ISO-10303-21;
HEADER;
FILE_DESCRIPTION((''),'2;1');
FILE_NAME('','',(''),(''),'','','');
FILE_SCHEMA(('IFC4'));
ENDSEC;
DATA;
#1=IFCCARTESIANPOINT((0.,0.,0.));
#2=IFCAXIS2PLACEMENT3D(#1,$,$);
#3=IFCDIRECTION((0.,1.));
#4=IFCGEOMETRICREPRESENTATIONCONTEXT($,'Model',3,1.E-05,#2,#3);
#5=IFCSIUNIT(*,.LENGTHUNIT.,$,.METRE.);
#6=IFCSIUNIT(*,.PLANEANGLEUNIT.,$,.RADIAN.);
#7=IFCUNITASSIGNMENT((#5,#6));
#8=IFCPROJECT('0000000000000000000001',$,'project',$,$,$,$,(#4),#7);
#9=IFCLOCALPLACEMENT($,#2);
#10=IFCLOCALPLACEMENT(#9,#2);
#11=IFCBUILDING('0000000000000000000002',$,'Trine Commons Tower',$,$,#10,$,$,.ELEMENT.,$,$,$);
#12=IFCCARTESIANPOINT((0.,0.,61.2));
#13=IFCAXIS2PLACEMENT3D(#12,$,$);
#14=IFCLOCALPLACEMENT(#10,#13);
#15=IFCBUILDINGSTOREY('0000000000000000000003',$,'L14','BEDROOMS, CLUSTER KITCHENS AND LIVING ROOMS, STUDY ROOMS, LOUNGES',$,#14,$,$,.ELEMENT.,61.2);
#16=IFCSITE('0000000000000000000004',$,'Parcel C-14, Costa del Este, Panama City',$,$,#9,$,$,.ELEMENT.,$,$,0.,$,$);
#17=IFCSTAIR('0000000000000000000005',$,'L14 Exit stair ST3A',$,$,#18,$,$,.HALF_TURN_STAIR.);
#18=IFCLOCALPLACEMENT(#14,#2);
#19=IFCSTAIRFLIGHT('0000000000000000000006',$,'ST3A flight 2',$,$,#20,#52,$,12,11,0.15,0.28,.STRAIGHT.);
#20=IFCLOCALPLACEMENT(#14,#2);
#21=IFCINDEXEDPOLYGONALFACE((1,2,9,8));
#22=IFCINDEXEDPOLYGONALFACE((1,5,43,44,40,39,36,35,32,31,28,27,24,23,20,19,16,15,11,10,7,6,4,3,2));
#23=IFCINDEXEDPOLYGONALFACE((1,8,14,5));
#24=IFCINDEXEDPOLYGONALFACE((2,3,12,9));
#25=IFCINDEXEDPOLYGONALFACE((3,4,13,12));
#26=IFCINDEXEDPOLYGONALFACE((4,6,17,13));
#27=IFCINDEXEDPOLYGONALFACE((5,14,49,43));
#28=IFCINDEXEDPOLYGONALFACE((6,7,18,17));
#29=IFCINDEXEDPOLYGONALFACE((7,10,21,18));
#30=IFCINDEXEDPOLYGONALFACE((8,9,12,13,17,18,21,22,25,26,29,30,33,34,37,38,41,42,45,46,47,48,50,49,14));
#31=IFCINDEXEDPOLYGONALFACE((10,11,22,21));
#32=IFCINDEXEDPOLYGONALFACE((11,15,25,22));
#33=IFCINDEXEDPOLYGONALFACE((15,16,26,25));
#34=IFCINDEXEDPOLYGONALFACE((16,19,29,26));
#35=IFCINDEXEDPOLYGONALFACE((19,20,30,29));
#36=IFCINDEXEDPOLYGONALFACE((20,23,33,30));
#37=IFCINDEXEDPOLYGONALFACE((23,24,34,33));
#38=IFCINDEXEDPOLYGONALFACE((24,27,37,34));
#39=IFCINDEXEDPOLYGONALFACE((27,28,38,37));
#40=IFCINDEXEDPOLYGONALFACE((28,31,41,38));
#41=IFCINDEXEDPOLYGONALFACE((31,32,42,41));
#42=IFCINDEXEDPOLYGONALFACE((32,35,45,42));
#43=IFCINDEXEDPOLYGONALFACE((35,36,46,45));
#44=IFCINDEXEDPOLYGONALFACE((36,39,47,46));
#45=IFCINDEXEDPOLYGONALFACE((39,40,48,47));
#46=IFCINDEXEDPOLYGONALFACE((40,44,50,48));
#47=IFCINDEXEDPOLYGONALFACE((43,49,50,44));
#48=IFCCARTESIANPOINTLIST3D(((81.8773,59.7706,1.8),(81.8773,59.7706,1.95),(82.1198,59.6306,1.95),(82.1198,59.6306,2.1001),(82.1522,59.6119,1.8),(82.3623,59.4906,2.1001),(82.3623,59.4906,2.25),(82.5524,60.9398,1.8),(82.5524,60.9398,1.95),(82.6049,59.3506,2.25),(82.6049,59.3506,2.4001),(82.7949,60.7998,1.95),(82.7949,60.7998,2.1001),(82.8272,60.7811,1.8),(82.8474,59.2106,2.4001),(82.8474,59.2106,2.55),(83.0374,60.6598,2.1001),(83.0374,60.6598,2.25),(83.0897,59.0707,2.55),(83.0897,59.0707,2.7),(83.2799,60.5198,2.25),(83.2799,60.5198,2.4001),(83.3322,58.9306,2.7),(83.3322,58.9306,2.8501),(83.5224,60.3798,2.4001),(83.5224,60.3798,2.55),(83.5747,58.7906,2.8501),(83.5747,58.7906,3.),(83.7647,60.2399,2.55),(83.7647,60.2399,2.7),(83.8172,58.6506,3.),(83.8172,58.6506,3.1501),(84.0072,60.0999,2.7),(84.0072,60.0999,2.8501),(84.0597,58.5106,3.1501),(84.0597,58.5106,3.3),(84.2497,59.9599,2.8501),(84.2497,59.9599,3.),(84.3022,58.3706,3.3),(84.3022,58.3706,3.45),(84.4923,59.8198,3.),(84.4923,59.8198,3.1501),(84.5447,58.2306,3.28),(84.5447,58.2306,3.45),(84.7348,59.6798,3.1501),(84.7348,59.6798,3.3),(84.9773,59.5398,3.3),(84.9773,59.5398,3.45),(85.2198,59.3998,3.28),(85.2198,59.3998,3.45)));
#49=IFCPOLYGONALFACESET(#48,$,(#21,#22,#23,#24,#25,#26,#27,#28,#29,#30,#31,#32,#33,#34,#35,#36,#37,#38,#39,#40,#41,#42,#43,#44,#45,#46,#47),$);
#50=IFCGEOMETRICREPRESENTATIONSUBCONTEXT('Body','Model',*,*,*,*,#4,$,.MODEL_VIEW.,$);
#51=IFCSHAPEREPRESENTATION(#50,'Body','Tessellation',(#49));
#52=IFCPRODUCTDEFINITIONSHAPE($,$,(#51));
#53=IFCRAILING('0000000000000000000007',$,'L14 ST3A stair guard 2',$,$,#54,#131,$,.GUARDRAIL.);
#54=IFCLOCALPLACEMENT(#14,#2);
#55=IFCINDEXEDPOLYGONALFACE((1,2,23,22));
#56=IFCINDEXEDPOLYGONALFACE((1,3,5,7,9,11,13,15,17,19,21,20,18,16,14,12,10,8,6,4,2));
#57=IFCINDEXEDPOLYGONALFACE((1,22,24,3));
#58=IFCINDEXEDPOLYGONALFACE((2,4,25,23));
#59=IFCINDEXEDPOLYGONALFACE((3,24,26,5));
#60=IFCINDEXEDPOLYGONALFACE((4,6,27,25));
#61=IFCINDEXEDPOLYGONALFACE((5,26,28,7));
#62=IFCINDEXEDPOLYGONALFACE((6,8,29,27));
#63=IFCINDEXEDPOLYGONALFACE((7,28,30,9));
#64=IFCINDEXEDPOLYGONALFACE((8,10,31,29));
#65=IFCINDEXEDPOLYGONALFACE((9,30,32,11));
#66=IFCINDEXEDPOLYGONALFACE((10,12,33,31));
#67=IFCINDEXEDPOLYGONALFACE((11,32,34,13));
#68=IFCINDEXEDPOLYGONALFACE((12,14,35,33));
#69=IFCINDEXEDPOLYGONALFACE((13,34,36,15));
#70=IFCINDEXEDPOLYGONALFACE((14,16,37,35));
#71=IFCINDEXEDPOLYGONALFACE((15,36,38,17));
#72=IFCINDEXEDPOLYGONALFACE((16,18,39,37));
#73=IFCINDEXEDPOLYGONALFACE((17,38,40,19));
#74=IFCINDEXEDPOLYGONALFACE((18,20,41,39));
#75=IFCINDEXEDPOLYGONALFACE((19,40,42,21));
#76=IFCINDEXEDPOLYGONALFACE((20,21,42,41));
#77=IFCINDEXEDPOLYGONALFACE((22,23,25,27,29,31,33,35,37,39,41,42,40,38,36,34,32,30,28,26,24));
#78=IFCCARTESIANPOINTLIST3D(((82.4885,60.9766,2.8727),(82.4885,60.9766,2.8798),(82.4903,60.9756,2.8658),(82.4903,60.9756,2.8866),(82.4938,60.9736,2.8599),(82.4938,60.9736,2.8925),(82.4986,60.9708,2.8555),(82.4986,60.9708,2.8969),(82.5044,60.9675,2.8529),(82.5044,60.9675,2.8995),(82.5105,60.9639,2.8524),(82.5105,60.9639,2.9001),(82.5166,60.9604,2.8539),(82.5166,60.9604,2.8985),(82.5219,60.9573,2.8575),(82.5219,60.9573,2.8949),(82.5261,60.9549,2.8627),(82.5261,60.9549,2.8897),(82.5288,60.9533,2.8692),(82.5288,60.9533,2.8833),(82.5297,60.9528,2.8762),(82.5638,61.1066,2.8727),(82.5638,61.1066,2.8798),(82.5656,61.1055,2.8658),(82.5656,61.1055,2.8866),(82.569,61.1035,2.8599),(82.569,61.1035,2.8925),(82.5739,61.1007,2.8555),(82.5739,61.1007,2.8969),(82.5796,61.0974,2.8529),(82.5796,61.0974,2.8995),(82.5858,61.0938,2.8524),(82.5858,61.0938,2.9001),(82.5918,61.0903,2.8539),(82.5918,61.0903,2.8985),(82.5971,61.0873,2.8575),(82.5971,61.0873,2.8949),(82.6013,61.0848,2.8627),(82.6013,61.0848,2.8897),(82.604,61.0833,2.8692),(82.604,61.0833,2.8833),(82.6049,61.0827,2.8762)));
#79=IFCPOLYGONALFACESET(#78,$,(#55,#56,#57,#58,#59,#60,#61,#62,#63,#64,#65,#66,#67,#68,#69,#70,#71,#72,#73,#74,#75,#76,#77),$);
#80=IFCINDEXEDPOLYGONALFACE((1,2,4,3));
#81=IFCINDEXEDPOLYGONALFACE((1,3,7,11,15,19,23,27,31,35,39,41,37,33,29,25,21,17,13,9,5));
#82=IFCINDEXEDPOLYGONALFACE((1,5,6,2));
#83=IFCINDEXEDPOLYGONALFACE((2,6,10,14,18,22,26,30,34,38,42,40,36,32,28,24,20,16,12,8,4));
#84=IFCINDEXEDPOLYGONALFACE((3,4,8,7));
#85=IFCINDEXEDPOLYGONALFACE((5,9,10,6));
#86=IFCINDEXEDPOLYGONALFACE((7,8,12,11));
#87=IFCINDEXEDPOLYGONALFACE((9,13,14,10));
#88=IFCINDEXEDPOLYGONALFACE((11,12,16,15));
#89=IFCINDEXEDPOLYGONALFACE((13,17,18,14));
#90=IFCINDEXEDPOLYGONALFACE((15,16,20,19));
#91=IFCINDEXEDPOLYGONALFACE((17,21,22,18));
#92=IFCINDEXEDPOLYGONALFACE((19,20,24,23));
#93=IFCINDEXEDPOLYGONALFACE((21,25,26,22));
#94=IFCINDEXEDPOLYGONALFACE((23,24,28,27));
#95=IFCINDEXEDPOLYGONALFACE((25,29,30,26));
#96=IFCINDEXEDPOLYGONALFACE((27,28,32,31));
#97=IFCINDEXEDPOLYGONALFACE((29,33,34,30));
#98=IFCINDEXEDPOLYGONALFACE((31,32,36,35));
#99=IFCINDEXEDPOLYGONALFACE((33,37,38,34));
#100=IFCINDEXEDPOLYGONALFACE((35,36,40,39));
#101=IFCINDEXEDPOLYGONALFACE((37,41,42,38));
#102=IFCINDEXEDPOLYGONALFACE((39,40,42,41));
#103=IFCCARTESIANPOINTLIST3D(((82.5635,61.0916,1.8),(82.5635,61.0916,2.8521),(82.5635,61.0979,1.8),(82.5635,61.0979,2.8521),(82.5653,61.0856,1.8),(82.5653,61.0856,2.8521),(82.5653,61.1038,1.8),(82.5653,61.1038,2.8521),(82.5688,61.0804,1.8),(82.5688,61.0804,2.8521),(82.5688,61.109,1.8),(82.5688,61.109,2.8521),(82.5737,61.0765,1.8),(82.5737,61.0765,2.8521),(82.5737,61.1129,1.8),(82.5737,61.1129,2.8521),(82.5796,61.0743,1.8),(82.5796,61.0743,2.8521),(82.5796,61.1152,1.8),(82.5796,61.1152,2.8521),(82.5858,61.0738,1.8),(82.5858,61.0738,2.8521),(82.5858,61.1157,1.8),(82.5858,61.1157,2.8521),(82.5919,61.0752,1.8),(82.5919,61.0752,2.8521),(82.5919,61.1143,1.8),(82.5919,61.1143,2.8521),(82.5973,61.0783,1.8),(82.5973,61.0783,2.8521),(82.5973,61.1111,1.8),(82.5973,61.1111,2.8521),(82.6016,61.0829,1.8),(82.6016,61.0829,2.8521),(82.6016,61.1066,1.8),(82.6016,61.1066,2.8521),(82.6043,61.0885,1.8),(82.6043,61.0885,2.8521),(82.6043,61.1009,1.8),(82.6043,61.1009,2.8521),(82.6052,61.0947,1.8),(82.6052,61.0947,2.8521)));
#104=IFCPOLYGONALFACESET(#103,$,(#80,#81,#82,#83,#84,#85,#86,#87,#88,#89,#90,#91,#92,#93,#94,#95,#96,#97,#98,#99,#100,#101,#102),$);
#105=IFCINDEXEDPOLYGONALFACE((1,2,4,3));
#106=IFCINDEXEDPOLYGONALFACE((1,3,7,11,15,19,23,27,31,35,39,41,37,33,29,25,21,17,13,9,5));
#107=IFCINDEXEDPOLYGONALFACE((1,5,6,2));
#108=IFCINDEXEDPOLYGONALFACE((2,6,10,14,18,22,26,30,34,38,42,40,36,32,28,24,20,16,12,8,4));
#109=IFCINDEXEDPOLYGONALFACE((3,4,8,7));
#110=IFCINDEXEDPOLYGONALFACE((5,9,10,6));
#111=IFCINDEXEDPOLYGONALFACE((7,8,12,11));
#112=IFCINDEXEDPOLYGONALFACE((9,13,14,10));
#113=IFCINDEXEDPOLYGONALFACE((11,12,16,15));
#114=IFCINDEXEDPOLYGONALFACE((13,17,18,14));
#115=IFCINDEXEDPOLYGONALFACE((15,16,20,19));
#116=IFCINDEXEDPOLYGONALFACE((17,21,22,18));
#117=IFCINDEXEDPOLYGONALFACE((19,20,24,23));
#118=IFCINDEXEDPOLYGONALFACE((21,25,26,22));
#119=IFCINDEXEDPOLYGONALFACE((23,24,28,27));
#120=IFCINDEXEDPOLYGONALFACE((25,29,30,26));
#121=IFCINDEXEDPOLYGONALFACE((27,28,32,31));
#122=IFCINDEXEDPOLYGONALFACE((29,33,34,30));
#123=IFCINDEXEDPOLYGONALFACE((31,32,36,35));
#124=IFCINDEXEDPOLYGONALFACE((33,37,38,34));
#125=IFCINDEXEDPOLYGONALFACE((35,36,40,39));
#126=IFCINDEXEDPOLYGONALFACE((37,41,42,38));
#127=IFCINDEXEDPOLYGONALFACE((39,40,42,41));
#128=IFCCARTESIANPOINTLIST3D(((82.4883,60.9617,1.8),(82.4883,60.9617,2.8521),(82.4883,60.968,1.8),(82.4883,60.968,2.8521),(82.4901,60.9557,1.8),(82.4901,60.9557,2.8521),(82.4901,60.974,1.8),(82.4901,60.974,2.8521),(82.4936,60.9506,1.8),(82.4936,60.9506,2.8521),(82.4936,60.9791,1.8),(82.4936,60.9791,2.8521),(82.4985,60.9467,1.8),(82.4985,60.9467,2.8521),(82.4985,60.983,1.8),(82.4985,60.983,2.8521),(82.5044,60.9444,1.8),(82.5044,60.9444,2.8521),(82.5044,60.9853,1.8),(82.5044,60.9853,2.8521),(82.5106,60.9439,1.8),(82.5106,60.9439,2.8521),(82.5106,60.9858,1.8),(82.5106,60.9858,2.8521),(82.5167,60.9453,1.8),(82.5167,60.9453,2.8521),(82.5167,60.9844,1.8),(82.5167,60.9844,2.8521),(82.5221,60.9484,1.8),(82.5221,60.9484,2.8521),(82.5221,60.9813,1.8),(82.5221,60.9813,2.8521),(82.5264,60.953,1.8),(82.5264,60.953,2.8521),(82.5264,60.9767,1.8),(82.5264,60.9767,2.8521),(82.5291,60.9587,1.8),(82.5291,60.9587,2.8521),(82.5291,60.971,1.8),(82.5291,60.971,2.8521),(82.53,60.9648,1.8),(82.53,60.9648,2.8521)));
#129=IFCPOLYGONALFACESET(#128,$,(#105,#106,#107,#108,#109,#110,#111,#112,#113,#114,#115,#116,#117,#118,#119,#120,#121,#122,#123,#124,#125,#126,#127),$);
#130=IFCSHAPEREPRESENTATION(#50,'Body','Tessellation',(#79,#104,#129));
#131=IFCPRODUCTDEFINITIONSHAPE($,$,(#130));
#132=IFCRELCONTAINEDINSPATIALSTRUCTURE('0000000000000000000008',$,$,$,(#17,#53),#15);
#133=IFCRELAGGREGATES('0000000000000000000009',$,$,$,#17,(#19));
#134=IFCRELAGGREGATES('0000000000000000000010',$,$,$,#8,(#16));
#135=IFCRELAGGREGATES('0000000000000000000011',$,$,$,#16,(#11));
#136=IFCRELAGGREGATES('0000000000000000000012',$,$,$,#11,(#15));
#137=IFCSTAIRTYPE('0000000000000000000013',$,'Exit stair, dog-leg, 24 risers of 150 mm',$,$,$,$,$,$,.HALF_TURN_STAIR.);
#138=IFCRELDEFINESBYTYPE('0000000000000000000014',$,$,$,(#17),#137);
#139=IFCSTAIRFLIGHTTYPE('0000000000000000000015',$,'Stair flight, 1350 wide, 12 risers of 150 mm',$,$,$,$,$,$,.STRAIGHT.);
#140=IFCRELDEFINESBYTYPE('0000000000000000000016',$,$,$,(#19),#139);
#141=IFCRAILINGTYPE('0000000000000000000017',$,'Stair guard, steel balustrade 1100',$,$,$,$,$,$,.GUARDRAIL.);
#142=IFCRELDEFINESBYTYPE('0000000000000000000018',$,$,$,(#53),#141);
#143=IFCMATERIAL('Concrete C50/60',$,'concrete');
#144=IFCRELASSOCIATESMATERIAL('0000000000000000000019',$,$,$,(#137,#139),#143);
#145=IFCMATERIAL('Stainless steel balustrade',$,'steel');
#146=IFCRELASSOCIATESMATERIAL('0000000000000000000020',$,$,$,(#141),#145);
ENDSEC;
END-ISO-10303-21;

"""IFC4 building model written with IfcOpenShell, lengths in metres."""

from ifc_helpers import new_model, si_unit, direction, frame, origin, origin_2d, place, context, subcontext, project, spatial, polyline, circle, outline, extrude, material, type_object, element, aggregate, save


model = new_model("IFC4")

# Units and contexts
model_context = context("Model", 3, precision=1e-05, world=origin(), true_north=direction((0.0, 1.0)))
body_context = subcontext(model_context, "Body", "Model", "MODEL_VIEW")
ifc_project = project(units=[si_unit("LENGTHUNIT", "METRE"), si_unit("PLANEANGLEUNIT", "RADIAN")], contexts=[model_context])

# Site, building, storey
site_placement = place(None, origin())
site = spatial("IfcSite", under=ifc_project, at=site_placement, Name="Parcel C-14, Costa del Este, Panama City", CompositionType="ELEMENT", RefElevation=0.0)
building_placement = place(site_placement, origin())
building = spatial("IfcBuilding", under=site, at=building_placement, Name="Trine Commons Tower", CompositionType="ELEMENT")
storey_placement = place(building_placement, frame((0.0, 0.0, 61.2)))
storey = spatial("IfcBuildingStorey", under=building, at=storey_placement, Name="L14", Description="BEDROOMS, CLUSTER KITCHENS AND LIVING ROOMS, STUDY ROOMS, LOUNGES", CompositionType="ELEMENT", Elevation=61.2)

# Stair, stair flight
ifc_material_1 = material(Name="Concrete C50/60", Category="concrete")
stair_type = type_object("IfcStairType", Name="Exit stair, dog-leg, 24 risers of 150 mm", PredefinedType="HALF_TURN_STAIR", material=ifc_material_1)
stair_placement = place(storey_placement, origin())
stair = element("IfcStair", 1, at=stair_placement, inside=storey, type_object=stair_type, Name="L14 Exit stair ST3A", PredefinedType="HALF_TURN_STAIR")
stair_flight_type = type_object("IfcStairFlightType", Name="Stair flight, 1350 wide, 12 risers of 150 mm", PredefinedType="STRAIGHT", material=ifc_material_1)
stair_flight_placement = place(storey_placement, frame((82.2148, 60.3552, 1.8), z_axis=(0.0, 0.0, 1.0), x_axis=(0.866025, -0.5, 0.0)))
stair_flight = element("IfcStairFlight", 2, at=stair_flight_placement, type_object=stair_flight_type, Name="ST3A flight 2", NumberOfRisers=12, NumberOfTreads=11, PredefinedType="STRAIGHT", RiserHeight=0.15, TreadLength=0.28, context=body_context, shape_type="SweptSolid", body=[
    extrude(outline(polyline([(0.0, 0.0), (0.0, 0.1499), (0.28, 0.1499), (0.28, 0.3), (0.5601, 0.3), (0.5601, 0.45), (0.8401, 0.45), (0.8401, 0.6001), (1.1201, 0.6001), (1.1201, 0.75), (1.3999, 0.75), (1.3999, 0.8999), (1.6799, 0.8999), (1.6799, 1.05), (1.96, 1.05), (1.96, 1.2), (2.24, 1.2), (2.24, 1.3501), (2.52, 1.3501), (2.52, 1.5), (2.8, 1.5), (2.8, 1.6499), (3.0801, 1.6499), (3.0801, 1.8), (3.0801, 1.48), (0.3174, 0.0), (0.0, 0.0)])), frame((0.0, 0.675, 0.0), z_axis=(0.0, -1.0, 0.0), x_axis=(1.0, 0.0, 0.0)), (0.0, 0.0, 1.0), 1.3501),
])
aggregate(stair, [stair_flight])

# Railing
ifc_material_2 = material(Name="Stainless steel balustrade", Category="steel")
railing_type_1 = type_object("IfcRailingType", Name="Stair guard, steel balustrade 1100", PredefinedType="GUARDRAIL", material=ifc_material_2)
railing_1_placement = place(storey_placement, frame((82.5842, 61.0947, 1.8)))
element("IfcRailing", 3, at=railing_1_placement, inside=storey, type_object=railing_type_1, Name="L14 ST3A stair guard 2", PredefinedType="GUARDRAIL", context=body_context, shape_type="SweptSolid", body=[
    extrude(circle(Radius=0.0239, at=origin_2d()), frame((0.0, 0.0, 1.0762), z_axis=(-0.501036, -0.865426, 0.0), x_axis=(0.865426, -0.501036, 0.0)), (0.0, 0.0, 1.0), 0.1501),
    extrude(circle(Radius=0.021, at=origin_2d()), origin(), (0.0, 0.0, 1.0), 1.052),
    extrude(circle(Radius=0.021, at=origin_2d()), frame((-0.0752, -0.1299, 0.0)), (0.0, 0.0, 1.0), 1.052),
])

save(model, "model.ifc")
